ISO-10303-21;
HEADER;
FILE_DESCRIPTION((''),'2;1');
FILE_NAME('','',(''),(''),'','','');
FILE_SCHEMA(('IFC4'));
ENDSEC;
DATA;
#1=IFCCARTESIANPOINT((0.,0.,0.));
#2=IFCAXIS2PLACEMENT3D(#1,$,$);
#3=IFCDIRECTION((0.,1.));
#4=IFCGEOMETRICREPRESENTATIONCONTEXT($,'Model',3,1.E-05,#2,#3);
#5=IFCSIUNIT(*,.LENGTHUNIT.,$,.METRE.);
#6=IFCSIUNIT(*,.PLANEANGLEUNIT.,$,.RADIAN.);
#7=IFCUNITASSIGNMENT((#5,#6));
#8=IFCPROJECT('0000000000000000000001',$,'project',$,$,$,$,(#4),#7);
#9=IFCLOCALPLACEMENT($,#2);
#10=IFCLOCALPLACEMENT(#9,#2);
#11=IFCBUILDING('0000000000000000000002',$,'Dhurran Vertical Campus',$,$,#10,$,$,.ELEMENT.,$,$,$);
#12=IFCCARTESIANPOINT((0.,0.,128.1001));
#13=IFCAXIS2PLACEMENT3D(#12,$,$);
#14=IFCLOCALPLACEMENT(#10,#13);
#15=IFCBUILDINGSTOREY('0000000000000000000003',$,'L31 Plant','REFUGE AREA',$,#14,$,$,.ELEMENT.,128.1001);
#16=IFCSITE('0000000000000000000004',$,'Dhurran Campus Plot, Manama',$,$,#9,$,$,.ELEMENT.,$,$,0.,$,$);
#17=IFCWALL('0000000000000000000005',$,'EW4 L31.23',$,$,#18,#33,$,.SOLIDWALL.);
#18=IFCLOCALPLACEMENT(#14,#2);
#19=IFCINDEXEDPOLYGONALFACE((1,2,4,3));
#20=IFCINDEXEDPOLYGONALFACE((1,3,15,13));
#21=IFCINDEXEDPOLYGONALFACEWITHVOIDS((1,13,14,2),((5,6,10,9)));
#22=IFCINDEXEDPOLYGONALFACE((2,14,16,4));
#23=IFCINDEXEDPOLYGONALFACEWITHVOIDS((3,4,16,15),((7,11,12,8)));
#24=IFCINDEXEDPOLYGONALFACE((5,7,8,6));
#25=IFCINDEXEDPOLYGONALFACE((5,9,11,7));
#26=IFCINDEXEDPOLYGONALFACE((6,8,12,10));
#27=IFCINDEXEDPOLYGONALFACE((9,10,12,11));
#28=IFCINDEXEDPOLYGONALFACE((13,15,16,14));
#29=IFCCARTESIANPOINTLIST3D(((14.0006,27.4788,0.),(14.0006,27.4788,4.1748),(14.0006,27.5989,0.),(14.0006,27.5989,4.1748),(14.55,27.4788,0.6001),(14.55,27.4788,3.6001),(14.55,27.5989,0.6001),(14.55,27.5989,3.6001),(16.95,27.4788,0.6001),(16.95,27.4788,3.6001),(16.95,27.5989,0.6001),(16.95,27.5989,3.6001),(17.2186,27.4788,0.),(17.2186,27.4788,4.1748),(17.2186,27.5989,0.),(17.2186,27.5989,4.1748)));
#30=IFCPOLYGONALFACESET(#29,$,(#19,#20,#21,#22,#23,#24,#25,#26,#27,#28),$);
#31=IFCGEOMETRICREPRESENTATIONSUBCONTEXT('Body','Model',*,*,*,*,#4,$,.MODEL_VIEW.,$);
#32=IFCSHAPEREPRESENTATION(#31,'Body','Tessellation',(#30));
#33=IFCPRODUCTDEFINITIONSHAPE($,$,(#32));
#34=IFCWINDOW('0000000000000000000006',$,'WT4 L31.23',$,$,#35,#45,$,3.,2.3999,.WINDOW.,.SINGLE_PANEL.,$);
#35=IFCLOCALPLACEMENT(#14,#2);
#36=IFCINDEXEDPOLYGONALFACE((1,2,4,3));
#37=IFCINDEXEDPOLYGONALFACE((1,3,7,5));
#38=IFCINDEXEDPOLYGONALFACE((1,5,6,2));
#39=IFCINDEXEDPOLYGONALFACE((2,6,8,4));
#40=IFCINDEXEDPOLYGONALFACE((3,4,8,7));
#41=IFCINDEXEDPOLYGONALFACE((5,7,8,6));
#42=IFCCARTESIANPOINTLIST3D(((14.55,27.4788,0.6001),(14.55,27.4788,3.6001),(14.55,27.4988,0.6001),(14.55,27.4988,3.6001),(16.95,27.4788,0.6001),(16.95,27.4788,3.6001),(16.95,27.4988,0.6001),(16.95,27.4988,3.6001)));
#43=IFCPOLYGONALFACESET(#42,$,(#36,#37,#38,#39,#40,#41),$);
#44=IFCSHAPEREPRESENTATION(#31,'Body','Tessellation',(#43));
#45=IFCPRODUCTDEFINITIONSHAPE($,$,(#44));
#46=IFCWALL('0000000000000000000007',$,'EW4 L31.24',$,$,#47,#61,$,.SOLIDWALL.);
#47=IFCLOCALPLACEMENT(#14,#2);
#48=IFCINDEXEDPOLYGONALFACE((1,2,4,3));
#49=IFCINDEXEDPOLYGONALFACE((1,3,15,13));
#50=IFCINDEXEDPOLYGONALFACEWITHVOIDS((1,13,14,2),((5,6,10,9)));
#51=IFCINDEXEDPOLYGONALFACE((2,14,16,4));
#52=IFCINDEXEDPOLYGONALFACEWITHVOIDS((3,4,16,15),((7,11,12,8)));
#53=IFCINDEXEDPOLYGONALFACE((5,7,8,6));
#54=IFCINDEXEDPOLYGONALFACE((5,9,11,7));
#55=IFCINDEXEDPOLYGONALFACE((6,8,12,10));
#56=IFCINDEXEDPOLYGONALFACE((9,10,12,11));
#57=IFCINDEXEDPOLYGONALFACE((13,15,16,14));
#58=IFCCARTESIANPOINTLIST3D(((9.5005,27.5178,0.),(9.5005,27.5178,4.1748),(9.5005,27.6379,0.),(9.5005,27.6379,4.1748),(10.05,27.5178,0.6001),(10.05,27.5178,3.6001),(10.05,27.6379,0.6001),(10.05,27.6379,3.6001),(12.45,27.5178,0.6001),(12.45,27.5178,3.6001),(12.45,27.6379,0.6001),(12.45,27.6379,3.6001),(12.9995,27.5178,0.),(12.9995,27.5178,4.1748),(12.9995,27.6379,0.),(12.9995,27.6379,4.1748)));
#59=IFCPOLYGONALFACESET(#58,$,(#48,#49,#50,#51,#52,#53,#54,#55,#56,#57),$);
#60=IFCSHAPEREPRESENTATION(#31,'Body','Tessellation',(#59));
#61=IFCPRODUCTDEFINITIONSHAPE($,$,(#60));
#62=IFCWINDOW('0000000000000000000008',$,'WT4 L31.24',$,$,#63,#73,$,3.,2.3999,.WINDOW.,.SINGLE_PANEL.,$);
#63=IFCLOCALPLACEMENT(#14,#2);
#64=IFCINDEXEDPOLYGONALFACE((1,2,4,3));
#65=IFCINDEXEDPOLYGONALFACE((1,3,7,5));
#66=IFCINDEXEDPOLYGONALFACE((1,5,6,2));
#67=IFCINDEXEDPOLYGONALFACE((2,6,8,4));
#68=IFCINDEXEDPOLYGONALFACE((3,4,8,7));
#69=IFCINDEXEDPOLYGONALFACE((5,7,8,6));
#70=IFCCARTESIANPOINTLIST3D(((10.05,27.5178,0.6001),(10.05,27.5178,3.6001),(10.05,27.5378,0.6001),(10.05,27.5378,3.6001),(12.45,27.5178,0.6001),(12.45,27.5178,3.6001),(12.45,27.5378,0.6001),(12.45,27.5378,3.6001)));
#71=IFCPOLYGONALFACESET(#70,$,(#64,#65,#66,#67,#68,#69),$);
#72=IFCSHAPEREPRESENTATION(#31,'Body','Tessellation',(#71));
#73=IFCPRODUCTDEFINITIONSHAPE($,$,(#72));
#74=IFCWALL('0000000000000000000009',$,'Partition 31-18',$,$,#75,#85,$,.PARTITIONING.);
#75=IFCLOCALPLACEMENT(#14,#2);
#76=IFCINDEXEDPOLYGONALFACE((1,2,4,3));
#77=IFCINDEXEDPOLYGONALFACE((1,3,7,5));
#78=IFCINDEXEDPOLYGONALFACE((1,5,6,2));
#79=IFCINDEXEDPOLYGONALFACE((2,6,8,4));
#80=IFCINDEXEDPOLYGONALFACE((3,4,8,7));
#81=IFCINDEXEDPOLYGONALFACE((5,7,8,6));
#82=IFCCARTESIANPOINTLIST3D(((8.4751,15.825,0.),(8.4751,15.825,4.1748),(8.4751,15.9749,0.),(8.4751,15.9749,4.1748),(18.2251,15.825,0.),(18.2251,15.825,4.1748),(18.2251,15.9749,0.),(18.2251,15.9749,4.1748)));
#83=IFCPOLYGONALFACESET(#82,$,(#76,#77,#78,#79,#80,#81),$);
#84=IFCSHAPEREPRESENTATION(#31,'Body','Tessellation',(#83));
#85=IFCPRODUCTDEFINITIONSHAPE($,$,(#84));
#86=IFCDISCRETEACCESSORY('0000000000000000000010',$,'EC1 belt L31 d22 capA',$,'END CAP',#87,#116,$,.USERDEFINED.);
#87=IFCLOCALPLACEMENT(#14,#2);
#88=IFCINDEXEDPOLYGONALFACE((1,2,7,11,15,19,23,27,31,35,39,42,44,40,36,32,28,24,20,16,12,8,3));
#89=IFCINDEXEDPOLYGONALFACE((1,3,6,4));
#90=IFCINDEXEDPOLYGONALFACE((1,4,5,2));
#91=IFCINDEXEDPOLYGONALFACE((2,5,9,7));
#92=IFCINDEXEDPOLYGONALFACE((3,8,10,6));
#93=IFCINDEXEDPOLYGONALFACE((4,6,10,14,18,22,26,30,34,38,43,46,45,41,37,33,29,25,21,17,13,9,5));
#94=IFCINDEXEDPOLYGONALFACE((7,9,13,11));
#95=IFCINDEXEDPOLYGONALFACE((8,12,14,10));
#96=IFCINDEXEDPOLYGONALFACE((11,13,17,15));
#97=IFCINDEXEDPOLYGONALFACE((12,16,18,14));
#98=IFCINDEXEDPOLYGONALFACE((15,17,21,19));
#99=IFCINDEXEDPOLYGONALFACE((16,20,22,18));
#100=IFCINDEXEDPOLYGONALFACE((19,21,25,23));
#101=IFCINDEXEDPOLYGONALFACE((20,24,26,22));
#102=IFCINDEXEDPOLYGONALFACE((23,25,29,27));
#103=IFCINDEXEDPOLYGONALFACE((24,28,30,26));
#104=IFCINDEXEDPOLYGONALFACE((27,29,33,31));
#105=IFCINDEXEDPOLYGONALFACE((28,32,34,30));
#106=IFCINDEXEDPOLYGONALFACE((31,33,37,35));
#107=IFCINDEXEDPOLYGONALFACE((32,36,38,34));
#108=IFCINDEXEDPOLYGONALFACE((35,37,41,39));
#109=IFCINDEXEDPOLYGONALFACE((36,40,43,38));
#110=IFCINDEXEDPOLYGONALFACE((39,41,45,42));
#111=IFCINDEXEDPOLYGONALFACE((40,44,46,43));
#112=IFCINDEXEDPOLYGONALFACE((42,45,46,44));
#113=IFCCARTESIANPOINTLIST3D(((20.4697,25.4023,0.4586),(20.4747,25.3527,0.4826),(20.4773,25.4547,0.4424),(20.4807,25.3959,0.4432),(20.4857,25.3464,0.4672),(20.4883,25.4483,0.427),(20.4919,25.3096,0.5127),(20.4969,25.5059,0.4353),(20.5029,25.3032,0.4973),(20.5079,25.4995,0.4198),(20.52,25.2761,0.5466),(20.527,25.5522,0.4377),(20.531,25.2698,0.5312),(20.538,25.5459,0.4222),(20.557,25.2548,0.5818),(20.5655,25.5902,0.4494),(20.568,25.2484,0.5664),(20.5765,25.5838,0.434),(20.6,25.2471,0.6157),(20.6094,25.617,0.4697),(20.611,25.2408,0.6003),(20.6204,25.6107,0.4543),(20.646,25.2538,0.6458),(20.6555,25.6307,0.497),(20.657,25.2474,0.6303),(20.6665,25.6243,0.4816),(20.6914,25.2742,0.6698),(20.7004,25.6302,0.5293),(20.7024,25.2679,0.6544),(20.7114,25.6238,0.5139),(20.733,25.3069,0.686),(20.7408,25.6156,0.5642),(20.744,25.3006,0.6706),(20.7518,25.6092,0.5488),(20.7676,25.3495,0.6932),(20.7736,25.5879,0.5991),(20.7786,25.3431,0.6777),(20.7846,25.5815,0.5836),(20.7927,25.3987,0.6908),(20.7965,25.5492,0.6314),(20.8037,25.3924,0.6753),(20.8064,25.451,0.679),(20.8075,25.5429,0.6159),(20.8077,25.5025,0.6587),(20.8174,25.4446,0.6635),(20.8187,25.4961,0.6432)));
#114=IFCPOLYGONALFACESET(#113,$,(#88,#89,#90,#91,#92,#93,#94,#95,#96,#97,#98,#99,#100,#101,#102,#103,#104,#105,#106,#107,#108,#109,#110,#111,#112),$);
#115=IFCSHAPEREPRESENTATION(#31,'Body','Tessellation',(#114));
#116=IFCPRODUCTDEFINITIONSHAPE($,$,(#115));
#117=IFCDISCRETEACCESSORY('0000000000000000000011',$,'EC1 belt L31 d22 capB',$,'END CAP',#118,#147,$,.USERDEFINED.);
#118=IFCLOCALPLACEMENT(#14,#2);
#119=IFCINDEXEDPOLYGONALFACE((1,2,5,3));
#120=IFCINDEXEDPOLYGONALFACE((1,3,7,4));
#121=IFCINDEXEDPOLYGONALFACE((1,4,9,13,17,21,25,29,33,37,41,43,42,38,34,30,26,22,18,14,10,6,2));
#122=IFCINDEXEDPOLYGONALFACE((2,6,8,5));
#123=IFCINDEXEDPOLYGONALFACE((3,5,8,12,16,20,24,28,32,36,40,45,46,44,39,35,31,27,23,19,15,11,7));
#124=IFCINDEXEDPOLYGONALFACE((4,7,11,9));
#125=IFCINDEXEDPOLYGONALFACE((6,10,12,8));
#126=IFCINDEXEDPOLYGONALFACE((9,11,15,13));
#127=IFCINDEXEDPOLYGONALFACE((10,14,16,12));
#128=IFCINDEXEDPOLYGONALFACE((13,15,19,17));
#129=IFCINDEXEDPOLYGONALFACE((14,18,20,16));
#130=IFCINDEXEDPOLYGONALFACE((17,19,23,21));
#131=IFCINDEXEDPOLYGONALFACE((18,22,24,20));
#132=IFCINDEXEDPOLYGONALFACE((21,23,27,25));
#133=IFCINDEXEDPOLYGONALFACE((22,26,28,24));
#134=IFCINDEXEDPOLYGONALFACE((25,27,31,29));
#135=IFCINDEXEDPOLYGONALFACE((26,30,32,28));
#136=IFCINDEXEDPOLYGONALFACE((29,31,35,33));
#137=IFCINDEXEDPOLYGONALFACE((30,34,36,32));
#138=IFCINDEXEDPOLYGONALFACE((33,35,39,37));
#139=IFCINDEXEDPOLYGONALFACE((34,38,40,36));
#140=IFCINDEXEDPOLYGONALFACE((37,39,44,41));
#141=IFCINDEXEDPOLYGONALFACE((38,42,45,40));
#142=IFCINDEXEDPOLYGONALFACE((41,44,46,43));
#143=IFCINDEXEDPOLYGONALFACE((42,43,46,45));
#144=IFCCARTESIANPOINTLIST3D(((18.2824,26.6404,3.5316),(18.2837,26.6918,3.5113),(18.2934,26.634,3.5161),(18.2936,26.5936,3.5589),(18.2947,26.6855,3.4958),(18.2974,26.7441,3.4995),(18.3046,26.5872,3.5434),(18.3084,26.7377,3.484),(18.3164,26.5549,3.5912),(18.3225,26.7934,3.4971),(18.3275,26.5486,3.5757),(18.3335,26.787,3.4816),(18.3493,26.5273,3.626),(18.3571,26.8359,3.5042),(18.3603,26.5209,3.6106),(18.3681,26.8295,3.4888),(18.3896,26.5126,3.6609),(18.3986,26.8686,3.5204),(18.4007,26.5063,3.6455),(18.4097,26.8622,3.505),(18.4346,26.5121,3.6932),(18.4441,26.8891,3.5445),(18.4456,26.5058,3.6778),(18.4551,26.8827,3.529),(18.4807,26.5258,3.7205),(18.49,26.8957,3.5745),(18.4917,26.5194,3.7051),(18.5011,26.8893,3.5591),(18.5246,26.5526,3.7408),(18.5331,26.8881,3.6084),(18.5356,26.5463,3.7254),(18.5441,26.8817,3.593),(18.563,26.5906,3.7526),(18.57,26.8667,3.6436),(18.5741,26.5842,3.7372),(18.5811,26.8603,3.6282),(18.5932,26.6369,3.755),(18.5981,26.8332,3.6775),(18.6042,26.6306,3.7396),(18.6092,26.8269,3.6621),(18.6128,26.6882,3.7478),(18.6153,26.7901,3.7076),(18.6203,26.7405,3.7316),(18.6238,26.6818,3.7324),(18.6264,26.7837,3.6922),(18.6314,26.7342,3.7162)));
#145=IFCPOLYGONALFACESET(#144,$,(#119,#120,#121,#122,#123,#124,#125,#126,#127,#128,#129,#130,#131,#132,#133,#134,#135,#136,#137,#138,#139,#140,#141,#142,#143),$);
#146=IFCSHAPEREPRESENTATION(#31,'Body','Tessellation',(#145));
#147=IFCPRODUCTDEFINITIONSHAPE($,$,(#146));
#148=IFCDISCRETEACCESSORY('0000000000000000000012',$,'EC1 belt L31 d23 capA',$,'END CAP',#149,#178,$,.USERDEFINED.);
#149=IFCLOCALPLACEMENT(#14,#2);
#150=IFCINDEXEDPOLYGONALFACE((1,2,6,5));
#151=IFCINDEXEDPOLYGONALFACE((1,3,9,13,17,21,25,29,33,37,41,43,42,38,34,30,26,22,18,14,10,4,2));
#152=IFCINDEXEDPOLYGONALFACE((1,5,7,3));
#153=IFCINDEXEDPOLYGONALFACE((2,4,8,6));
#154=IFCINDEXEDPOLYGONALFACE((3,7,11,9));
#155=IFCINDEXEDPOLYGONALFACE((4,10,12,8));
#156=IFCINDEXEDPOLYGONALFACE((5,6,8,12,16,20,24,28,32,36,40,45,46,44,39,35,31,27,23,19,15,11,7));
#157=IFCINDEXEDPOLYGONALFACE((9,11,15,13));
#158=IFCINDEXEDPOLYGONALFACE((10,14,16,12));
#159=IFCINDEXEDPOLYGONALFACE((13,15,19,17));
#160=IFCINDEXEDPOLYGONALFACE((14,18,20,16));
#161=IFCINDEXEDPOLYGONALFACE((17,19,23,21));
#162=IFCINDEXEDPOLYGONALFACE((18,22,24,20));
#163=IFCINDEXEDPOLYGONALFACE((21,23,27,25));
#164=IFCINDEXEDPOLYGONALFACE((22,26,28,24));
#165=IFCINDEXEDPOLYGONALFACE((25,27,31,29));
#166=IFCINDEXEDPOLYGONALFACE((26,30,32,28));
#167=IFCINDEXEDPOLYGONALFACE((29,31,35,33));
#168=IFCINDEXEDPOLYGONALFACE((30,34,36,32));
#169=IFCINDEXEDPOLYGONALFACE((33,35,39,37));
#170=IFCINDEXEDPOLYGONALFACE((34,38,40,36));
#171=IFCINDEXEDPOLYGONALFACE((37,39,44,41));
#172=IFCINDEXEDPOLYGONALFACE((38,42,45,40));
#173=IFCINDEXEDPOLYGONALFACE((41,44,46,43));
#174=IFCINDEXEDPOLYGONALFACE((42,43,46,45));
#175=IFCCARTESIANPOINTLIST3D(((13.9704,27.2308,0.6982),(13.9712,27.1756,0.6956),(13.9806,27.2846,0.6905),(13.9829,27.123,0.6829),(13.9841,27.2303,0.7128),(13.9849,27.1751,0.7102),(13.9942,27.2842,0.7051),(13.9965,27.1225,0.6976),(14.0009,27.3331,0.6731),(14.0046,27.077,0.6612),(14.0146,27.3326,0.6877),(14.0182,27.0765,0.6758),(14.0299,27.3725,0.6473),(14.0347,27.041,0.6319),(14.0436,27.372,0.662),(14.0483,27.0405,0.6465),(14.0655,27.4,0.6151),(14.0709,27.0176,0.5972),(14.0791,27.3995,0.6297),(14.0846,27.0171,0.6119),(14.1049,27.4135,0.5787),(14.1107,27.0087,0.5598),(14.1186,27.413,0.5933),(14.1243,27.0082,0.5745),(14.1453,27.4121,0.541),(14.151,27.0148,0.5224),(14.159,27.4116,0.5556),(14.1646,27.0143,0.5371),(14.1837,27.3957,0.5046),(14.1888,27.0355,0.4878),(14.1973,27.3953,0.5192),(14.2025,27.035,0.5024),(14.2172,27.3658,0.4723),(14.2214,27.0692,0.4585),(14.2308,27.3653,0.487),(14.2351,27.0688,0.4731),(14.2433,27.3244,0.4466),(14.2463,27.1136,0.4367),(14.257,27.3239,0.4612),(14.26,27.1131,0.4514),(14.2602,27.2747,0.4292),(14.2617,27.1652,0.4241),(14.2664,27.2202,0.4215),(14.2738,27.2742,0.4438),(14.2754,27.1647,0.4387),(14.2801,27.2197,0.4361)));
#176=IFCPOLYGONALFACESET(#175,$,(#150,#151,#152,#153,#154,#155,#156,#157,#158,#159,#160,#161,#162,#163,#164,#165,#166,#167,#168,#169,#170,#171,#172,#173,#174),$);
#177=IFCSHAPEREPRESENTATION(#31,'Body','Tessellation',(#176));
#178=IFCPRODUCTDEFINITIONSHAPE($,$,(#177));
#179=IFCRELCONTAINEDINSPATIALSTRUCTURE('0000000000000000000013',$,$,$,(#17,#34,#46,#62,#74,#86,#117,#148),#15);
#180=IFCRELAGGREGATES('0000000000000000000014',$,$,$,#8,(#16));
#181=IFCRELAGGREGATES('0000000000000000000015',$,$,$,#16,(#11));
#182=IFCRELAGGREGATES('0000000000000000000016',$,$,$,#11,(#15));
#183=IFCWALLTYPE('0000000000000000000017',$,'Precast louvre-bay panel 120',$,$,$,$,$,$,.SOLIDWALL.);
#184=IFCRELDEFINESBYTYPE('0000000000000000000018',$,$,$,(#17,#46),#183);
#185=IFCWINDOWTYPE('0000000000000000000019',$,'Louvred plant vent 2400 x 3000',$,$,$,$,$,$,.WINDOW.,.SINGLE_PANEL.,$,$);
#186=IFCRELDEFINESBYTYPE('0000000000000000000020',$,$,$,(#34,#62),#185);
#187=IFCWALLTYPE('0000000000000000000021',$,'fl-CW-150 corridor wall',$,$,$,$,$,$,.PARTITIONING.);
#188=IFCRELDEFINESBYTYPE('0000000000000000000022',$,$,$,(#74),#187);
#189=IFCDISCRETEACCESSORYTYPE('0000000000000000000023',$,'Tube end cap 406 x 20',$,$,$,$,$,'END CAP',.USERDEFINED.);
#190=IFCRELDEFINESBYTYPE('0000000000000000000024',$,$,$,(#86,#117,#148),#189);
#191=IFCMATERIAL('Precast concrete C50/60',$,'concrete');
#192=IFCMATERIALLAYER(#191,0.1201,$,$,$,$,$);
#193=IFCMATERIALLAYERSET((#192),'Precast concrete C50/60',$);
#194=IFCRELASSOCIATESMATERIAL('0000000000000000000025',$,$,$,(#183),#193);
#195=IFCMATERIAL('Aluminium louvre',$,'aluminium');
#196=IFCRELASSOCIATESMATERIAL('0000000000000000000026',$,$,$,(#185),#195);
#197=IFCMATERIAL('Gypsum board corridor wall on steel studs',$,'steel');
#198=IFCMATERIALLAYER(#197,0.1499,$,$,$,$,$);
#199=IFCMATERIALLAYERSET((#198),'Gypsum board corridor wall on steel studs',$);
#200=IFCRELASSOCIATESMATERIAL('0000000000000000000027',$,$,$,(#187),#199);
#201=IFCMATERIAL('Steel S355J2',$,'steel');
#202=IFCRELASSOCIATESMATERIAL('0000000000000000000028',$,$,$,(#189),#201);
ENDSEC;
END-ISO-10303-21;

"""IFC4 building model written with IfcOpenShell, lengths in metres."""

from ifc_helpers import new_model, si_unit, direction, frame, frame_2d, origin, origin_2d, place, context, subcontext, project, spatial, rectangle, circle, extrude, material, layer, layer_set, material_profile, profile_set, type_object, element, fill, save


model = new_model("IFC4")

# Units and contexts
model_context = context("Model", 3, precision=1e-05, world=origin(), true_north=direction((0.0, 1.0)))
body_context = subcontext(model_context, "Body", "Model", "MODEL_VIEW")
ifc_project = project(units=[si_unit("LENGTHUNIT", "METRE"), si_unit("PLANEANGLEUNIT", "RADIAN")], contexts=[model_context])

# Site, building, storey
site_placement = place(None, origin())
site = spatial("IfcSite", under=ifc_project, at=site_placement, Name="Dhurran Campus Plot, Manama", CompositionType="ELEMENT", RefElevation=0.0)
building_placement = place(site_placement, origin())
building = spatial("IfcBuilding", under=site, at=building_placement, Name="Dhurran Vertical Campus", CompositionType="ELEMENT")
storey_placement = place(building_placement, frame((0.0, 0.0, 128.1001)))
storey = spatial("IfcBuildingStorey", under=building, at=storey_placement, Name="L31 Plant", Description="REFUGE AREA", CompositionType="ELEMENT", Elevation=128.1001)

# Walls, openings, windows
ifc_material_1 = material(Name="Precast concrete C50/60", Category="concrete")
ifc_layer_1 = layer(ifc_material_1, 0.1201)
ifc_layer_set_1 = layer_set([ifc_layer_1], Name="Precast concrete C50/60")
wall_type_1 = type_object("IfcWallType", Name="Precast louvre-bay panel 120", PredefinedType="SOLIDWALL", material=ifc_layer_set_1)
wall_1_placement = place(storey_placement, frame((17.2185, 27.5388, 0.0), z_axis=(0.0, 0.0, 1.0), x_axis=(-1.0, 0.0, 0.0)))
wall_1 = element("IfcWall", 1, at=wall_1_placement, inside=storey, type_object=wall_type_1, Name="EW4 L31.23", PredefinedType="SOLIDWALL", context=body_context, shape_type="SweptSolid", body=[
    extrude(rectangle(XDim=3.218, YDim=0.1201, at=frame_2d((1.6089, 0.0))), origin(), (0.0, 0.0, 1.0), 4.1748),
])
opening_1_placement = place(wall_1_placement, frame((0.2686, 0.0, 0.6001)))
opening_1 = element("IfcOpeningElement", 2, at=opening_1_placement, cuts=wall_1, PredefinedType="OPENING", context=body_context, shape_type="SweptSolid", body=[
    extrude(rectangle(XDim=2.3999, YDim=3.0, at=frame_2d((1.2, 1.5))), frame((0.0, 0.0701, 0.0), z_axis=(0.0, -1.0, 0.0), x_axis=(1.0, 0.0, 0.0)), (0.0, 0.0, 1.0), 0.1401),
])
ifc_material_2 = material(Name="Aluminium louvre", Category="aluminium")
window_type = type_object("IfcWindowType", Name="Louvred plant vent 2400 x 3000", PartitioningType="SINGLE_PANEL", PredefinedType="WINDOW", material=ifc_material_2)
window_1_placement = place(opening_1_placement, origin())
window_1 = element("IfcWindow", 3, at=window_1_placement, inside=storey, type_object=window_type, Name="WT4 L31.23", OverallHeight=3.0, OverallWidth=2.3999, PartitioningType="SINGLE_PANEL", PredefinedType="WINDOW", context=body_context, shape_type="SweptSolid", body=[
    extrude(rectangle(XDim=2.3999, YDim=3.0, at=frame_2d((1.2, 1.5))), frame((0.0, 0.0601, 0.0), z_axis=(0.0, -1.0, 0.0), x_axis=(1.0, 0.0, 0.0)), (0.0, 0.0, 1.0), 0.02),
])
fill(opening_1, window_1)
wall_2_placement = place(storey_placement, frame((12.9995, 27.5779, 0.0), z_axis=(0.0, 0.0, 1.0), x_axis=(-1.0, 0.0, 0.0)))
wall_2 = element("IfcWall", 4, at=wall_2_placement, inside=storey, type_object=wall_type_1, Name="EW4 L31.24", PredefinedType="SOLIDWALL", context=body_context, shape_type="SweptSolid", body=[
    extrude(rectangle(XDim=3.499, YDim=0.1201, at=frame_2d((1.7495, 0.0))), origin(), (0.0, 0.0, 1.0), 4.1748),
])
opening_2_placement = place(wall_2_placement, frame((0.5496, 0.0, 0.6001)))
opening_2 = element("IfcOpeningElement", 5, at=opening_2_placement, cuts=wall_2, PredefinedType="OPENING", context=body_context, shape_type="SweptSolid", body=[
    extrude(rectangle(XDim=2.3999, YDim=3.0, at=frame_2d((1.2, 1.5))), frame((0.0, 0.0701, 0.0), z_axis=(0.0, -1.0, 0.0), x_axis=(1.0, 0.0, 0.0)), (0.0, 0.0, 1.0), 0.1401),
])
window_2_placement = place(opening_2_placement, origin())
window_2 = element("IfcWindow", 6, at=window_2_placement, inside=storey, type_object=window_type, Name="WT4 L31.24", OverallHeight=3.0, OverallWidth=2.3999, PartitioningType="SINGLE_PANEL", PredefinedType="WINDOW", context=body_context, shape_type="SweptSolid", body=[
    extrude(rectangle(XDim=2.3999, YDim=3.0, at=frame_2d((1.2, 1.5))), frame((0.0, 0.0601, 0.0), z_axis=(0.0, -1.0, 0.0), x_axis=(1.0, 0.0, 0.0)), (0.0, 0.0, 1.0), 0.02),
])
fill(opening_2, window_2)

# Wall
ifc_material_3 = material(Name="Gypsum board corridor wall on steel studs", Category="steel")
ifc_layer_2 = layer(ifc_material_3, 0.1499)
ifc_layer_set_2 = layer_set([ifc_layer_2], Name="Gypsum board corridor wall on steel studs")
wall_type_2 = type_object("IfcWallType", Name="fl-CW-150 corridor wall", PredefinedType="PARTITIONING", material=ifc_layer_set_2)
wall_3_placement = place(storey_placement, frame((18.2251, 15.8999, 0.0), z_axis=(0.0, 0.0, 1.0), x_axis=(-1.0, 0.0, 0.0)))
element("IfcWall", 7, at=wall_3_placement, inside=storey, type_object=wall_type_2, Name="Partition 31-18", PredefinedType="PARTITIONING", context=body_context, shape_type="SweptSolid", body=[
    extrude(rectangle(XDim=9.75, YDim=0.1499, at=frame_2d((4.875, 0.0))), origin(), (0.0, 0.0, 1.0), 4.1748),
])

# Discrete accessories
ifc_material_4 = material(Name="Steel S355J2", Category="steel")
ifc_material_profile_1 = material_profile(ifc_material_4, circle(Radius=0.2031, at=origin_2d()), Name="Tube end cap 406 x 20")
ifc_profile_set_1 = profile_set([ifc_material_profile_1], Name="Steel S355J2")
discrete_accessory_type = type_object("IfcDiscreteAccessoryType", Name="Tube end cap 406 x 20", ElementType="END CAP", PredefinedType="USERDEFINED", material=ifc_profile_set_1)
for number, where, z_axis, x_axis, name in (
    (8, (20.6392, 25.4397, 0.5642), (0.550997, -0.318354, -0.771396), (0.500278, 0.865865, 0.0), "EC1 belt L31 d22 capA"),
    (9, (18.4619, 26.6968, 3.6106), (-0.550997, 0.318354, 0.771396), (-0.500278, -0.865865, 0.0), "EC1 belt L31 d22 capB"),
    (10, (14.1316, 27.2112, 0.5745), (-0.682116, 0.024361, -0.730838), (-0.035692, -0.999363, 0.0), "EC1 belt L31 d23 capA"),
):
    element("IfcDiscreteAccessory", number, at=place(storey_placement, frame(where, z_axis=z_axis, x_axis=x_axis)), inside=storey, type_object=discrete_accessory_type, Name=name, ObjectType="END CAP", PredefinedType="USERDEFINED", context=body_context, shape_type="SweptSolid", body=[
        extrude(circle(Radius=0.2031, at=origin_2d()), origin(), (0.0, 0.0, 1.0), 0.02),
    ])

save(model, "model.ifc")
